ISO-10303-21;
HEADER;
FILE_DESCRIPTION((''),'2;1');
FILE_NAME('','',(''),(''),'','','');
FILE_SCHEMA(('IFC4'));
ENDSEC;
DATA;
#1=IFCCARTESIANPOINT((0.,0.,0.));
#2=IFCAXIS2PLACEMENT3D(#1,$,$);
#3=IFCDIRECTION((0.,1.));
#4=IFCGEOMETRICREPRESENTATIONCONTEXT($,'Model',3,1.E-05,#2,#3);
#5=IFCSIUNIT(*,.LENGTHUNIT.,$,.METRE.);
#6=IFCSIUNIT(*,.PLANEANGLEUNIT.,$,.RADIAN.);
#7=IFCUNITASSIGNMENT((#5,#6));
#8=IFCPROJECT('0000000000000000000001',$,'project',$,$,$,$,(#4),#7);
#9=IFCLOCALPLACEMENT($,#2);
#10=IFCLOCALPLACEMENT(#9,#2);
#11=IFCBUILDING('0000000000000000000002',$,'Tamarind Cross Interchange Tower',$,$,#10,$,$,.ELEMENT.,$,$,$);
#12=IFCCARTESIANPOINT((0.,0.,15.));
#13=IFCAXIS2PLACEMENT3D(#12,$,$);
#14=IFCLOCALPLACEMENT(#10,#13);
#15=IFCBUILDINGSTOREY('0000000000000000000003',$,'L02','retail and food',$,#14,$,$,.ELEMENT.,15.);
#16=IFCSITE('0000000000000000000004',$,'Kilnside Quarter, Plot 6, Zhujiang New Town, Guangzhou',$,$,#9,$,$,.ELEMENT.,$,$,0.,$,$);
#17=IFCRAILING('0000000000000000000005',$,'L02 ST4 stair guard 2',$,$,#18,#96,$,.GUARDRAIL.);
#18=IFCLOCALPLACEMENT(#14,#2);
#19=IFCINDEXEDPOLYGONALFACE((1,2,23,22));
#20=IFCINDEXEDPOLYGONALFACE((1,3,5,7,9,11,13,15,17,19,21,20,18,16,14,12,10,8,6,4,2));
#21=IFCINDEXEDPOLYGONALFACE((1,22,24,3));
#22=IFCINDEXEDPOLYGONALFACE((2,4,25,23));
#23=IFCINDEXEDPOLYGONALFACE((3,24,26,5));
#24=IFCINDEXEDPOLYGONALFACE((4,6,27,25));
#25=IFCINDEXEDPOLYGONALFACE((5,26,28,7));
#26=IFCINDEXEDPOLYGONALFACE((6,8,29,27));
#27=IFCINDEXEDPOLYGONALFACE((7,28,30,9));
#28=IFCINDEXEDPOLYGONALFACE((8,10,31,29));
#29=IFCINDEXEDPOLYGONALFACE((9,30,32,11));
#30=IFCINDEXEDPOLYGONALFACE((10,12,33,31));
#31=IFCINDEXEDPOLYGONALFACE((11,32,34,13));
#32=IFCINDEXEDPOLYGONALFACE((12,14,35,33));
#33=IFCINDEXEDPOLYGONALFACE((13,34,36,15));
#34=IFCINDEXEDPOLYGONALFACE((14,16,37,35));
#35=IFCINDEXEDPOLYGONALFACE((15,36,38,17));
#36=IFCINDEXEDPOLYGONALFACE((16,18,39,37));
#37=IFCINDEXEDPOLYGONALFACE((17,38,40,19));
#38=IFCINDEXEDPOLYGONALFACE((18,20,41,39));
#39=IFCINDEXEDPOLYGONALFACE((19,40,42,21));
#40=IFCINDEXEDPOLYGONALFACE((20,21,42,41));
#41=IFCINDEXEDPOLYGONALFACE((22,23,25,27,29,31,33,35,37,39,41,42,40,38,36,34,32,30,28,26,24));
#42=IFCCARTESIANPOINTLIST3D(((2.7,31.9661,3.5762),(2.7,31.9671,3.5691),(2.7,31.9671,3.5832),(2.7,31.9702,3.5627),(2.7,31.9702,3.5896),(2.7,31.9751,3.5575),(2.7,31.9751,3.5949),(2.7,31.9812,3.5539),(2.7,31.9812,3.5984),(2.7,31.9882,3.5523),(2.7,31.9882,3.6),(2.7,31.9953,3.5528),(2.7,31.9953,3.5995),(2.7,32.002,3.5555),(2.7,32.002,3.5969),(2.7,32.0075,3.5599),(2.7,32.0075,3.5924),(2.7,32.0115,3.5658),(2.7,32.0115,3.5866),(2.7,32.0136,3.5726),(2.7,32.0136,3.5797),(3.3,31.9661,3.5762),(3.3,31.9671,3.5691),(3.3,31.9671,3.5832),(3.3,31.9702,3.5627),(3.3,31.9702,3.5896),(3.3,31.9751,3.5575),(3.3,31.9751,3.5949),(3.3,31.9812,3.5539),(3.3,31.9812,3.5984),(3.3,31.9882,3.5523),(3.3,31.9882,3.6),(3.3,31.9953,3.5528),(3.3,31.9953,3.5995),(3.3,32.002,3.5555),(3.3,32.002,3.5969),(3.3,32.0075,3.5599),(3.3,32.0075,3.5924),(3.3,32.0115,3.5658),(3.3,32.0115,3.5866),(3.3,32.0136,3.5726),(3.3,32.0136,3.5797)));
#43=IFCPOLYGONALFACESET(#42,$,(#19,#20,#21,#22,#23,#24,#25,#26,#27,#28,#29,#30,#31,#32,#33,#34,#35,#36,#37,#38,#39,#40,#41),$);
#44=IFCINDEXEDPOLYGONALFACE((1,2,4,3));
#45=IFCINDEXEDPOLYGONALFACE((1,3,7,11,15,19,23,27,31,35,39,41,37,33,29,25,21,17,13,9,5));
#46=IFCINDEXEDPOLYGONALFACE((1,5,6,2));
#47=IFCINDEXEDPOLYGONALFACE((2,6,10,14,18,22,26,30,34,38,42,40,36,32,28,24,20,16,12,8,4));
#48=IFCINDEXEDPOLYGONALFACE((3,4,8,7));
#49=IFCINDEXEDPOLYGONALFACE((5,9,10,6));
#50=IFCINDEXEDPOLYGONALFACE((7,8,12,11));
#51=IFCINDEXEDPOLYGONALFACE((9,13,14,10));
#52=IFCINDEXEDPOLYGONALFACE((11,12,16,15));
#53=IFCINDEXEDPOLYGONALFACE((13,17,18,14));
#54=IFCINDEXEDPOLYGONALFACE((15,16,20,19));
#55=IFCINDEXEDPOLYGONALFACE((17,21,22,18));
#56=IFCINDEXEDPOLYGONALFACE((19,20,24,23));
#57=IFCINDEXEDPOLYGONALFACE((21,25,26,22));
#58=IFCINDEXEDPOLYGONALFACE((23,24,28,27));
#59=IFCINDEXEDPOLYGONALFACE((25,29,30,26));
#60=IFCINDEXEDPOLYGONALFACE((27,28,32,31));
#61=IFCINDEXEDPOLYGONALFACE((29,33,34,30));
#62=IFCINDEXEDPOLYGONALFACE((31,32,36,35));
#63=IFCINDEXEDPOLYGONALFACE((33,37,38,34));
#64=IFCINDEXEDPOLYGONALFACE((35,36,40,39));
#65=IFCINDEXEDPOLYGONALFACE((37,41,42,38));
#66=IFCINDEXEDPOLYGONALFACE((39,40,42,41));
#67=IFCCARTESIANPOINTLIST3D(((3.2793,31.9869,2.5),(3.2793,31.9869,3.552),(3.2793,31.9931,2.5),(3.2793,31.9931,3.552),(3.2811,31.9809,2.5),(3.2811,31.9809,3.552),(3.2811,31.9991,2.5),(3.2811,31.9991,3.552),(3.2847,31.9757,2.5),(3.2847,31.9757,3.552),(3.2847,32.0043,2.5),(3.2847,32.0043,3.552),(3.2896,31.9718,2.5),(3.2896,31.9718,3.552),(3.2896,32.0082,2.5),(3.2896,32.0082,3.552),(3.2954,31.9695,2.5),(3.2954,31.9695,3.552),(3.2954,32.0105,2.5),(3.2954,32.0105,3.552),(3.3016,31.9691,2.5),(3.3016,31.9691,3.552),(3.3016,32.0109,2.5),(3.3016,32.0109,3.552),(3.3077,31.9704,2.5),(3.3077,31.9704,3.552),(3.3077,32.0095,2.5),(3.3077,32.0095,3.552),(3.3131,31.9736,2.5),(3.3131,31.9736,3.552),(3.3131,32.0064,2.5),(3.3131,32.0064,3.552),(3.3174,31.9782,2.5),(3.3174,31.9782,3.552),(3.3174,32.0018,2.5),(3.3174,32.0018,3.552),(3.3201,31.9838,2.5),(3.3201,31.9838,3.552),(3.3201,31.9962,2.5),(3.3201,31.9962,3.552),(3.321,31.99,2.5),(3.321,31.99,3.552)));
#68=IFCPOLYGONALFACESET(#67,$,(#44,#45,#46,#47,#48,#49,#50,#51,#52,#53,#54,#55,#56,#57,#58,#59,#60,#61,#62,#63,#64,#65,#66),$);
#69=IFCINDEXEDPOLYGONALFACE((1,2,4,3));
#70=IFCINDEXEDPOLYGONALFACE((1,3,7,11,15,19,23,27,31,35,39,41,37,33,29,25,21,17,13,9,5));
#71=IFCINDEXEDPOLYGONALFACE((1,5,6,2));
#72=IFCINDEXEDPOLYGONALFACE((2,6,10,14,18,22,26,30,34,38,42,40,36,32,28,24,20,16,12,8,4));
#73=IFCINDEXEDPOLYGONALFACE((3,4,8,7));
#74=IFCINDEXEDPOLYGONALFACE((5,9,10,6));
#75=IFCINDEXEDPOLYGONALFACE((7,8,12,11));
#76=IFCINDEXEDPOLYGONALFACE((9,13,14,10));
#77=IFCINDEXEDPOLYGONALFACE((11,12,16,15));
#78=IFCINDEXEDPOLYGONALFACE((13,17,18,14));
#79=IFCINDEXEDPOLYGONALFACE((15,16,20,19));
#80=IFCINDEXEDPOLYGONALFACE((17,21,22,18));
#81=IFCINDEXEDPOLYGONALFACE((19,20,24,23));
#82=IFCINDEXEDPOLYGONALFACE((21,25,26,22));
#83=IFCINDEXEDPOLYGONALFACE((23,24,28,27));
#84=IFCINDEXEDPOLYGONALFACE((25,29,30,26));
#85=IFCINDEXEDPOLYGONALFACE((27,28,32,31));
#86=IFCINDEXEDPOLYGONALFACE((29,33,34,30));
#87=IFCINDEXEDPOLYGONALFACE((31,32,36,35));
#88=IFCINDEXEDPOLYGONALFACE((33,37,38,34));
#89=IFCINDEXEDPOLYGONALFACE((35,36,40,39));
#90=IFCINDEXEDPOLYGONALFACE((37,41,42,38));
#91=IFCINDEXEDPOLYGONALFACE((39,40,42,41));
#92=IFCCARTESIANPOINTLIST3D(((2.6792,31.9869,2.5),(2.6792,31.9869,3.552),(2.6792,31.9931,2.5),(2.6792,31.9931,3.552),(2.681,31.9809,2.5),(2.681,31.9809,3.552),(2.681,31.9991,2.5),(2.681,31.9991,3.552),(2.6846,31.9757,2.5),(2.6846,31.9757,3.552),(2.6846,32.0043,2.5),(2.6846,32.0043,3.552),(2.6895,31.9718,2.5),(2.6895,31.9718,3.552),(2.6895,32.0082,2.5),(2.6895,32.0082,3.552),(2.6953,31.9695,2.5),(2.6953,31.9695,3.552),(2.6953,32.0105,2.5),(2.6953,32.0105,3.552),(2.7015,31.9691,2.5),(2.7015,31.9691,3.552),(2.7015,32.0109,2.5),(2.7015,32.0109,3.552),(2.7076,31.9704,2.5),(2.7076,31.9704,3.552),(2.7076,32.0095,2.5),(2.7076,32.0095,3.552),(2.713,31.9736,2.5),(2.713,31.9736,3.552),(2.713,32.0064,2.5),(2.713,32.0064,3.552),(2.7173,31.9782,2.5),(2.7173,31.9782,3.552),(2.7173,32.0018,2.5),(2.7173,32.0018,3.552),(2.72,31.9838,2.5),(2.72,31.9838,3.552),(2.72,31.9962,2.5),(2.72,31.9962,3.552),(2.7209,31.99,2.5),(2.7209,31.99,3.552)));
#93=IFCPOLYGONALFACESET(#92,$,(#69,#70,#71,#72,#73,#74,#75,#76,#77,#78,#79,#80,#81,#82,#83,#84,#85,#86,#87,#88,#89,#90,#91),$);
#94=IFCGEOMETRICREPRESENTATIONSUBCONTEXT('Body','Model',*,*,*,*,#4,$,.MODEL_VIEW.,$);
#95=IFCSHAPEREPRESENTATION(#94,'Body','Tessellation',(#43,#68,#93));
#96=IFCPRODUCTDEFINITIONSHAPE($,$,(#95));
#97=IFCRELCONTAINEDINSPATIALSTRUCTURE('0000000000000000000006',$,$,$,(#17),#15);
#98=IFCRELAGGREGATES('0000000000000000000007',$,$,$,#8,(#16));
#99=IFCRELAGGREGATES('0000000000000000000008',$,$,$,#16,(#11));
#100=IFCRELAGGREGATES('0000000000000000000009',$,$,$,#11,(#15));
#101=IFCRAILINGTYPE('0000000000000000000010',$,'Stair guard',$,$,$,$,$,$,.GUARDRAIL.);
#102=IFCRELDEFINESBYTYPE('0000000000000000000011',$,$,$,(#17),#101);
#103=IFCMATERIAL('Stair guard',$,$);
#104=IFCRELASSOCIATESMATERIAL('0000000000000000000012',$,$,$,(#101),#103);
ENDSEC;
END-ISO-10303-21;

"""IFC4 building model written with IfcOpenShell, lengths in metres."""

from ifc_helpers import new_model, si_unit, direction, frame, origin, origin_2d, place, context, subcontext, project, spatial, circle, extrude, material, type_object, element, save


model = new_model("IFC4")

# Units and contexts
model_context = context("Model", 3, precision=1e-05, world=origin(), true_north=direction((0.0, 1.0)))
body_context = subcontext(model_context, "Body", "Model", "MODEL_VIEW")
ifc_project = project(units=[si_unit("LENGTHUNIT", "METRE"), si_unit("PLANEANGLEUNIT", "RADIAN")], contexts=[model_context])

# Site, building, storey
site_placement = place(None, origin())
site = spatial("IfcSite", under=ifc_project, at=site_placement, Name="Kilnside Quarter, Plot 6, Zhujiang New Town, Guangzhou", CompositionType="ELEMENT", RefElevation=0.0)
building_placement = place(site_placement, origin())
building = spatial("IfcBuilding", under=site, at=building_placement, Name="Tamarind Cross Interchange Tower", CompositionType="ELEMENT")
storey_placement = place(building_placement, frame((0.0, 0.0, 15.0)))
storey = spatial("IfcBuildingStorey", under=building, at=storey_placement, Name="L02", Description="retail and food", CompositionType="ELEMENT", Elevation=15.0)

# Railing
ifc_material_1 = material(Name="Stair guard")
railing_type_1 = type_object("IfcRailingType", Name="Stair guard", PredefinedType="GUARDRAIL", material=ifc_material_1)
railing_1_placement = place(storey_placement, frame((3.3, 31.99, 2.5)))
element("IfcRailing", 1, at=railing_1_placement, inside=storey, type_object=railing_type_1, Name="L02 ST4 stair guard 2", PredefinedType="GUARDRAIL", context=body_context, shape_type="SweptSolid", body=[
    extrude(circle(Radius=0.0239, at=origin_2d()), frame((0.0, 0.0, 1.0762), z_axis=(-1.0, 0.0, 0.0), x_axis=(0.0, -1.0, 0.0)), (0.0, 0.0, 1.0), 0.6001),
    extrude(circle(Radius=0.021, at=origin_2d()), origin(), (0.0, 0.0, 1.0), 1.052),
    extrude(circle(Radius=0.021, at=origin_2d()), frame((-0.6001, 0.0, 0.0)), (0.0, 0.0, 1.0), 1.052),
])

save(model, "model.ifc")
